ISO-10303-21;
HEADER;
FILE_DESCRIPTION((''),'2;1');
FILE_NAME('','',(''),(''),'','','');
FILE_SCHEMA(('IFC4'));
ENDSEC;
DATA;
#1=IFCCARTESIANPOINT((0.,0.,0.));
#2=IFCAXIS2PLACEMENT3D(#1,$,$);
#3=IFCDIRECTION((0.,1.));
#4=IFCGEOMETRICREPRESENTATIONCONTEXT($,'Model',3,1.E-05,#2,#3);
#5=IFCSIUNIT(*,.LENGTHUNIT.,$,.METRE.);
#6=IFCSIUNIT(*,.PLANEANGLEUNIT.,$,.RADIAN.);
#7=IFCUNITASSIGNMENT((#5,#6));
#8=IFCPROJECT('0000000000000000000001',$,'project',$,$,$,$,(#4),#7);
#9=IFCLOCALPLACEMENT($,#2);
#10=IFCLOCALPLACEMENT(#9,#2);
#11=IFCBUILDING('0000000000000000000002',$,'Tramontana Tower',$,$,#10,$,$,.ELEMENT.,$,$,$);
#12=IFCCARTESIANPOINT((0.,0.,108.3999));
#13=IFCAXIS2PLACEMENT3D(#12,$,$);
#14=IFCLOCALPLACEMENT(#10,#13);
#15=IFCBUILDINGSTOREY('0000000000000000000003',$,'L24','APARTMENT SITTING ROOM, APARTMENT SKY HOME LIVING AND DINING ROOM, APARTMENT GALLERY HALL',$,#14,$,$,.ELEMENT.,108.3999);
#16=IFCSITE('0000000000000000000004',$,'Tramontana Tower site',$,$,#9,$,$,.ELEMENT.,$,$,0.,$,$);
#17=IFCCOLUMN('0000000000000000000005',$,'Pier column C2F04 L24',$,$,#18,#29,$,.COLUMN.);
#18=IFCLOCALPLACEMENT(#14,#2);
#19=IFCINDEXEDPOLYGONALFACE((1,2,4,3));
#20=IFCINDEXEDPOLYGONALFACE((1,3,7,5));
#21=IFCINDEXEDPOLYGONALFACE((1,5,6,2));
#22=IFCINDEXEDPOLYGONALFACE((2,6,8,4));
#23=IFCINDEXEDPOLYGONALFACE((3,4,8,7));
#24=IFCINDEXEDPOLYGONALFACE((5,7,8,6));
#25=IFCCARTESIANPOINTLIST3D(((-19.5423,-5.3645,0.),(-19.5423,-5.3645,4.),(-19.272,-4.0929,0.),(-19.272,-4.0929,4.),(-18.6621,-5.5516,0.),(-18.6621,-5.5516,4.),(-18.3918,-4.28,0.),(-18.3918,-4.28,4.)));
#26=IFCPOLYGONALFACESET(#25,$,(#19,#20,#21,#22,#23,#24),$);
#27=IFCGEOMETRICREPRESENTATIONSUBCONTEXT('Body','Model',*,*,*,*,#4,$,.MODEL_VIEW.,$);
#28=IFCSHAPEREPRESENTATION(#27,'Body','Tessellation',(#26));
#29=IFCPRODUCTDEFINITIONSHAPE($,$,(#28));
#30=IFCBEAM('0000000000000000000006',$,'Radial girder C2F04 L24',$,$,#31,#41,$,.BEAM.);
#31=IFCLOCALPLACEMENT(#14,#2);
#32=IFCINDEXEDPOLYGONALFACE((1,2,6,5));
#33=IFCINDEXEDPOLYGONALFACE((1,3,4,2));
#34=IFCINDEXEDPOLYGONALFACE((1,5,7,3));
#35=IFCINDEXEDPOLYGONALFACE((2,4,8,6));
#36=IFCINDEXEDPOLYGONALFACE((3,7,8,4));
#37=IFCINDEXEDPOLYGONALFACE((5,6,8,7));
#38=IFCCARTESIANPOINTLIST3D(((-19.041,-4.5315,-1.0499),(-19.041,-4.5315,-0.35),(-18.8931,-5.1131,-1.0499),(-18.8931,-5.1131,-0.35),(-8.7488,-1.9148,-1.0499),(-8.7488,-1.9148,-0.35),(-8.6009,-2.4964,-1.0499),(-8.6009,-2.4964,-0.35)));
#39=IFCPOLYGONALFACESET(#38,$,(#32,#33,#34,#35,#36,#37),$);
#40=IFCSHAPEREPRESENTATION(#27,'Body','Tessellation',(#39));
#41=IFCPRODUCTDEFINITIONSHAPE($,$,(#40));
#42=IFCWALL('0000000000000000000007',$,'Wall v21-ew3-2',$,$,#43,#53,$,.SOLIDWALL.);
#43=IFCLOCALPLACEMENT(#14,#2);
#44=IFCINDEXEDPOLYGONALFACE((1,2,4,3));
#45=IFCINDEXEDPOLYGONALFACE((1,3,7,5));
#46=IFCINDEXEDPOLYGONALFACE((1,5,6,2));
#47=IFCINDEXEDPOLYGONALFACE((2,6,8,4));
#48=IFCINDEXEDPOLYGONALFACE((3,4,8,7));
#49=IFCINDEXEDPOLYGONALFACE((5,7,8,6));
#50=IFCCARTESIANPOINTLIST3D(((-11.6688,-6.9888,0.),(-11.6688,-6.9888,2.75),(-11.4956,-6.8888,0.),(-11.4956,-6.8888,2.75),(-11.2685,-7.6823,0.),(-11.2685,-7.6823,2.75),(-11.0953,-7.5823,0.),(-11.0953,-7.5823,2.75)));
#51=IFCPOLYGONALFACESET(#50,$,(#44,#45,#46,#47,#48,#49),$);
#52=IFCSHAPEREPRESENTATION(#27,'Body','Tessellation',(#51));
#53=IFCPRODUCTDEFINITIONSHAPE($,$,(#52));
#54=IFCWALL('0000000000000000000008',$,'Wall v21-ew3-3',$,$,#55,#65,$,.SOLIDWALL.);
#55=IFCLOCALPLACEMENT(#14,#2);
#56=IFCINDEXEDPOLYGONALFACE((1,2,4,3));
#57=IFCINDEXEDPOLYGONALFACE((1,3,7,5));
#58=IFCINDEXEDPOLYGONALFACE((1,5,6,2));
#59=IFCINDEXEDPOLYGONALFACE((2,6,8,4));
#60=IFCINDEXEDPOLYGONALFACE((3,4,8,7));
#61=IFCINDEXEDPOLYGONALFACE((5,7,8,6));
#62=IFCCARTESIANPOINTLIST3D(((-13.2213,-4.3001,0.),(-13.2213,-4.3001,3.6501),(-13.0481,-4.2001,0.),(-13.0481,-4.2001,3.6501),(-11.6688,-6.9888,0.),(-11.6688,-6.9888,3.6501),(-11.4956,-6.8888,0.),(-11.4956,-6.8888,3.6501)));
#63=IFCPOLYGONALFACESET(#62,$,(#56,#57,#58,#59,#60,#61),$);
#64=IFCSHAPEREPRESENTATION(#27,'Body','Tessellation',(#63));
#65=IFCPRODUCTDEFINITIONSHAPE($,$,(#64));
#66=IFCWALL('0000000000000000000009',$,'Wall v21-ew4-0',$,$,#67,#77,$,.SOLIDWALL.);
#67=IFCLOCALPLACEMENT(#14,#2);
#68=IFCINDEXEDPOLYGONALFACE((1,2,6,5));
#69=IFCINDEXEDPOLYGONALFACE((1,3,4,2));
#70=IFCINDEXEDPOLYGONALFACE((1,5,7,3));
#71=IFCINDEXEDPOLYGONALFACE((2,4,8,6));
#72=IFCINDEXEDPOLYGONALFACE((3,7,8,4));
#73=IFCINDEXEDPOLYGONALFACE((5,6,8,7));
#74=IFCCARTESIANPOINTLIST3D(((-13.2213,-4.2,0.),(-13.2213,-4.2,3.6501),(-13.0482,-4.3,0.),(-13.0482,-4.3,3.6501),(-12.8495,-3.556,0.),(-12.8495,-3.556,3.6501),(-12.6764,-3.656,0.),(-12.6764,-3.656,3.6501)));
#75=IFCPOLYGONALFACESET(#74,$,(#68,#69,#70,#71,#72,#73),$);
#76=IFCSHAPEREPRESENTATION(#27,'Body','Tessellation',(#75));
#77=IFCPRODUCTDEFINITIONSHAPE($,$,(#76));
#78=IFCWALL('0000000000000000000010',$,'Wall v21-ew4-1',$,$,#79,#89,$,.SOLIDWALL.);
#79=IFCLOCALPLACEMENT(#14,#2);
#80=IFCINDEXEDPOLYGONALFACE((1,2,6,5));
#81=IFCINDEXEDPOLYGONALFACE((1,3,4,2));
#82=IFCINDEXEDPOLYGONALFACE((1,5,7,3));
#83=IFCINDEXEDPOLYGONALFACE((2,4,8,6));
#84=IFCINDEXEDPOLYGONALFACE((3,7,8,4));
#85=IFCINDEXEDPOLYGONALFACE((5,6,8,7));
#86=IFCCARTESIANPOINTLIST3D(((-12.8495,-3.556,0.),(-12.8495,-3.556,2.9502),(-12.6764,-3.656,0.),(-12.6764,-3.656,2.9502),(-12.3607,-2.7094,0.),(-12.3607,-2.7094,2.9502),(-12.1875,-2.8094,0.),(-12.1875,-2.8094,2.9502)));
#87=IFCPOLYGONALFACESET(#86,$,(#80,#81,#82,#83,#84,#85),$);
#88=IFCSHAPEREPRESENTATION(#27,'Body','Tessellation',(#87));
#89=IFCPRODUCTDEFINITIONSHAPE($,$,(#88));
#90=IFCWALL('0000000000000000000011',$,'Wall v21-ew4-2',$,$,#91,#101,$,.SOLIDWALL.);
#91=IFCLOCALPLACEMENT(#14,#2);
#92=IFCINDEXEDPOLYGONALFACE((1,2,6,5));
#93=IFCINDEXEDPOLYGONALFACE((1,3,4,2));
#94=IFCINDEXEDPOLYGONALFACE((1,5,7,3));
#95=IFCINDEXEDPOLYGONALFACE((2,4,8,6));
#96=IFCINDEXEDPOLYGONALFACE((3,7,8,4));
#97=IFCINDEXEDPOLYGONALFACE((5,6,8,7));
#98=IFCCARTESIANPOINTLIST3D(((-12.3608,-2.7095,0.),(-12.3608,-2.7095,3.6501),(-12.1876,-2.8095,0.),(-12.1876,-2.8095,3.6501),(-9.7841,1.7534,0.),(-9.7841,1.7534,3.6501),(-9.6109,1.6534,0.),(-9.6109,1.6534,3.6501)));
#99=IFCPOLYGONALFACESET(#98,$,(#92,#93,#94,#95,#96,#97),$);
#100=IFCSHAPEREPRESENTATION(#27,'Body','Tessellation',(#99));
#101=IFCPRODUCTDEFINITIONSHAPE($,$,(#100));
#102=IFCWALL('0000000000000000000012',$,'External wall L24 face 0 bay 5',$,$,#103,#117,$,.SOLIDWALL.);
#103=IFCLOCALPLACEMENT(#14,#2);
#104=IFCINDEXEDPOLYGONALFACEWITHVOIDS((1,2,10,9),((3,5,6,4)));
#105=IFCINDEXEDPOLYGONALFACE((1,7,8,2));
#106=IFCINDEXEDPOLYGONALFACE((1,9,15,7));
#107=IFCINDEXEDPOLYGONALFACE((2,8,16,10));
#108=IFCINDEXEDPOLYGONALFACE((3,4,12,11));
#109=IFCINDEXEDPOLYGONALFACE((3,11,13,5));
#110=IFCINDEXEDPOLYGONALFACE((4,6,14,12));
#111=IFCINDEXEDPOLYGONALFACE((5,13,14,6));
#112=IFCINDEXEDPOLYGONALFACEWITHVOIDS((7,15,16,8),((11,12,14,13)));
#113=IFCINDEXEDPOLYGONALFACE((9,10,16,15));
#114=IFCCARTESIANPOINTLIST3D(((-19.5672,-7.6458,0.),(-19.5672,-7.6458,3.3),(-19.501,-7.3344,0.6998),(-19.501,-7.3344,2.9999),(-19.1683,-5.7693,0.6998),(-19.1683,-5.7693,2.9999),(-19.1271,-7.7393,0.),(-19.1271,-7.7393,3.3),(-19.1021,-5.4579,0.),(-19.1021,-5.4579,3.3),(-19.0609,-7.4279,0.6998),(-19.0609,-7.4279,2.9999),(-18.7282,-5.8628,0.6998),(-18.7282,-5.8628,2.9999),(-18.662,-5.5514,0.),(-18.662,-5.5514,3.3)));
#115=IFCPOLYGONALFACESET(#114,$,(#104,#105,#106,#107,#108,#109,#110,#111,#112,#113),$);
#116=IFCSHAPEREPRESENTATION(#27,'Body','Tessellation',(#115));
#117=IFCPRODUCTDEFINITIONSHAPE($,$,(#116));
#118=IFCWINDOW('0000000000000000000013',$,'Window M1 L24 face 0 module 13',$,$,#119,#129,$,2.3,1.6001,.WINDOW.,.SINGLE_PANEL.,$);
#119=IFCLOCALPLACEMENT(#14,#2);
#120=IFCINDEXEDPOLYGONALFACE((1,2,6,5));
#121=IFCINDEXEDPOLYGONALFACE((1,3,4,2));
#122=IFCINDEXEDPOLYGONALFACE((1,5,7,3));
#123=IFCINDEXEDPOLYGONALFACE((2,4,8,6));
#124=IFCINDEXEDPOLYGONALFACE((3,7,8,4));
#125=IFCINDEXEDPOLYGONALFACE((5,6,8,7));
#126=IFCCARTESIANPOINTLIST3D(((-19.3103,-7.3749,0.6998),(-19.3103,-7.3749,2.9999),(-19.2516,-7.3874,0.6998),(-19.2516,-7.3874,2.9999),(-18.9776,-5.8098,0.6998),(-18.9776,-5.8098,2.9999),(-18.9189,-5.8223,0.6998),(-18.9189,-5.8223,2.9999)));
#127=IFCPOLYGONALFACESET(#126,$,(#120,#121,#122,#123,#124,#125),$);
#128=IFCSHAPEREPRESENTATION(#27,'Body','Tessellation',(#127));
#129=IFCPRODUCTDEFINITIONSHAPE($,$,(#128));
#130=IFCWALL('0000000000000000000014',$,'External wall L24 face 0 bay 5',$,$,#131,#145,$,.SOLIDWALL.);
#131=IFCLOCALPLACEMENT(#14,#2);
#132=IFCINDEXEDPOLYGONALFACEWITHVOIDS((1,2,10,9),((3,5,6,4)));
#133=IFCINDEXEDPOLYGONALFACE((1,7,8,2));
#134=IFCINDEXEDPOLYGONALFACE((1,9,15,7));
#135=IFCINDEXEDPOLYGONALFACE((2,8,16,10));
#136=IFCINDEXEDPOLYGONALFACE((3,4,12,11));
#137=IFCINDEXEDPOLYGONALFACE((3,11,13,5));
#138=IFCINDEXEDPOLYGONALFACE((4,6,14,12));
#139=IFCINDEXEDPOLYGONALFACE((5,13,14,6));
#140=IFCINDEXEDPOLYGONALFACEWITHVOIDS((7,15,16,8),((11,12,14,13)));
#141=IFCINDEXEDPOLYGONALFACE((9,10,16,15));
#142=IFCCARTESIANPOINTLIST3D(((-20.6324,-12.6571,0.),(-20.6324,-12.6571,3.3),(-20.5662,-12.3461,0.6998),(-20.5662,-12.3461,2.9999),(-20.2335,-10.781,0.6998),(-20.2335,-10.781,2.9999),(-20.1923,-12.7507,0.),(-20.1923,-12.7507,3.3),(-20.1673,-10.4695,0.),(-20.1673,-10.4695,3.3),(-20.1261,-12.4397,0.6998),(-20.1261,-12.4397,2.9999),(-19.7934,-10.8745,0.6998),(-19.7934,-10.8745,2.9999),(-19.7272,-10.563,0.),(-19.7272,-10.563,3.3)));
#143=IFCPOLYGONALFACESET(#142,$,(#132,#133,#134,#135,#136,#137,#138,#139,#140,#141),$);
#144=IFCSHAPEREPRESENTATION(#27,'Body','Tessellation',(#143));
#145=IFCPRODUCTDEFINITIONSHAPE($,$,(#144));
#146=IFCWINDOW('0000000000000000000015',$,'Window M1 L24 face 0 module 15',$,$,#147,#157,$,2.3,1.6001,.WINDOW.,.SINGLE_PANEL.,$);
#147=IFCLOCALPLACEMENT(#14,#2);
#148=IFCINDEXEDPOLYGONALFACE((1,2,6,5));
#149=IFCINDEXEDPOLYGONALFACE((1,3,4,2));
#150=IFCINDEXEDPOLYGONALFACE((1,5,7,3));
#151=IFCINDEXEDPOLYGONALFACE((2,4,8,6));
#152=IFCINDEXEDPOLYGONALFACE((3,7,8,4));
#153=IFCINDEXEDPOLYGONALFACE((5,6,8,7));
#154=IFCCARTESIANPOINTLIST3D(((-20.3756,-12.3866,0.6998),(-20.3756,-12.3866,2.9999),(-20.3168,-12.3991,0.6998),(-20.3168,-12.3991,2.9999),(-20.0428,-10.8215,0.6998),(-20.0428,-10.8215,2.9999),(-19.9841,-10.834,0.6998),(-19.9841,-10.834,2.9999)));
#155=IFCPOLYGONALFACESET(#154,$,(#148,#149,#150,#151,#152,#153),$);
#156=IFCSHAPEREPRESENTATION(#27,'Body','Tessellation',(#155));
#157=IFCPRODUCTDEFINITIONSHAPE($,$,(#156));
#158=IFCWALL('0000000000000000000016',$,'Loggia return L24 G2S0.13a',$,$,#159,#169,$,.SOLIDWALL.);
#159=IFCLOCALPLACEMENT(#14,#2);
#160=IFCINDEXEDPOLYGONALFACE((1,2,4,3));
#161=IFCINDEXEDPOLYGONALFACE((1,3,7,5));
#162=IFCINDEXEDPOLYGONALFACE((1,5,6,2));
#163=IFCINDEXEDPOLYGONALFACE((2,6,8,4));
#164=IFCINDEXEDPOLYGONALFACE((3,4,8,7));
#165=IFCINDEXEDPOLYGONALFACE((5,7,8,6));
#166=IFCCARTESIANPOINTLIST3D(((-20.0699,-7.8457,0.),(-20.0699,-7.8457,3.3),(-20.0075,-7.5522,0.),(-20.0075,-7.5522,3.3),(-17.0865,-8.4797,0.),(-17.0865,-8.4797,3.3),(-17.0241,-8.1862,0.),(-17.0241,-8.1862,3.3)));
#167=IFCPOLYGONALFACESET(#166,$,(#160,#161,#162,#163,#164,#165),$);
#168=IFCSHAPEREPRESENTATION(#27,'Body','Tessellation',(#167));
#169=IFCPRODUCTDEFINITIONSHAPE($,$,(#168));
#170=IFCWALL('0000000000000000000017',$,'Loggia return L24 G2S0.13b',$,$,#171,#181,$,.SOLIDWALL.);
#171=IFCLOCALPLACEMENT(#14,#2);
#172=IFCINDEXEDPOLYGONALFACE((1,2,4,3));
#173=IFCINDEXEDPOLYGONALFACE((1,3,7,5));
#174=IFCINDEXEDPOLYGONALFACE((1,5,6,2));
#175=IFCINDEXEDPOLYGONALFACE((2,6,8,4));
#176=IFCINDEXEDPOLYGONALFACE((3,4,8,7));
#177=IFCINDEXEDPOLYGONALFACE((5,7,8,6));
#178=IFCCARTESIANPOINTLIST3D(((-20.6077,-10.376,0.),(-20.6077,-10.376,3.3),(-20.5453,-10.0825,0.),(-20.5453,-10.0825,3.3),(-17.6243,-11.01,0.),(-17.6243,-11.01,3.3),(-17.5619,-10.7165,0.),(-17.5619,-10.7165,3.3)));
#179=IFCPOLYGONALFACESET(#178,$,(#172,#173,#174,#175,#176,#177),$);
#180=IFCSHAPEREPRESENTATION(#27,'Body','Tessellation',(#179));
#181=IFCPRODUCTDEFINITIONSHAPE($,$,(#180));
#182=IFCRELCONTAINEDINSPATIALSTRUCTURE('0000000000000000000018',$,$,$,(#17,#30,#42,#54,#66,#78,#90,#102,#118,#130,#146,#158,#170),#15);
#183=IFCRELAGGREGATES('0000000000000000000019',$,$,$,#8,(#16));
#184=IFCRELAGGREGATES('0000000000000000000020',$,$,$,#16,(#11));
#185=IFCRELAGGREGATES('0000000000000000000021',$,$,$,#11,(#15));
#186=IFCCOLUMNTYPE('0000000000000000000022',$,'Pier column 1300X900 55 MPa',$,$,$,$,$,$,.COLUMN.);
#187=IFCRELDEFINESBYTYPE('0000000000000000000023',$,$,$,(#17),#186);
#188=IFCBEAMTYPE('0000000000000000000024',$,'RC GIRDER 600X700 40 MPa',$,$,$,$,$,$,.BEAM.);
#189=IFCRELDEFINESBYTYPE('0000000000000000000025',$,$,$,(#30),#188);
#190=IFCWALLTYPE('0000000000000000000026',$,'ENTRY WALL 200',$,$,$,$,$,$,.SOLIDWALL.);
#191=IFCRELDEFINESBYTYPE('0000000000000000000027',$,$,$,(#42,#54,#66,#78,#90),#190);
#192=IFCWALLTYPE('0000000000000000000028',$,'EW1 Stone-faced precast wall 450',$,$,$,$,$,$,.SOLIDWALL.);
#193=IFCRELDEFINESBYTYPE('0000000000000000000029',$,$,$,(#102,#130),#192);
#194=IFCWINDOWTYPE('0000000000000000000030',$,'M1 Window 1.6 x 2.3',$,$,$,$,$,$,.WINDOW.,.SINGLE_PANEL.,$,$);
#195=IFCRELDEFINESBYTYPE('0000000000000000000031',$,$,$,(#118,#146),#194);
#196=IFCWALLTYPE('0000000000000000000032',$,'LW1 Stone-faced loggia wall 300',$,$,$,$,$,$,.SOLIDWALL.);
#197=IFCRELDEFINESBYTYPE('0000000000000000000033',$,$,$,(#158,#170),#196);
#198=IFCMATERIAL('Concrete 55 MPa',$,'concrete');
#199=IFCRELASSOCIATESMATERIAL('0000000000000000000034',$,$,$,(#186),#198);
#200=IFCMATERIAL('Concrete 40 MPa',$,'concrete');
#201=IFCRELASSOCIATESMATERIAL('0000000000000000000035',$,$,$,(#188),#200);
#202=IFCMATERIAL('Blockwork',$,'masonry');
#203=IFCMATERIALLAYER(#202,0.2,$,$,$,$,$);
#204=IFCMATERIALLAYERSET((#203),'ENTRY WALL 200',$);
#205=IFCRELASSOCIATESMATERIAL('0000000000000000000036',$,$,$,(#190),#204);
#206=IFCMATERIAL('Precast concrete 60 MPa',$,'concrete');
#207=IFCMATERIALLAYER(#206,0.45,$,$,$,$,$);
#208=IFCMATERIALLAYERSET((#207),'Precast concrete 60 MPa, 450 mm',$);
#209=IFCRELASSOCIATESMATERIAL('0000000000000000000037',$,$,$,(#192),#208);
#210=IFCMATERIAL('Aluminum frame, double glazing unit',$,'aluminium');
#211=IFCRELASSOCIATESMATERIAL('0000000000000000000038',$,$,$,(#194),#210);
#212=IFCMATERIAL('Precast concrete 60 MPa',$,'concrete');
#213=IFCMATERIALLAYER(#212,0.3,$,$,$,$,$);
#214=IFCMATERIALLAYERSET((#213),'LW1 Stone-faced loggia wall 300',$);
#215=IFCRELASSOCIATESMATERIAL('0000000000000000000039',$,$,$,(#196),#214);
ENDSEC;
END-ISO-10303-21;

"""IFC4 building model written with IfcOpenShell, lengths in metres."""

from ifc_helpers import new_model, si_unit, direction, frame, frame_2d, origin, origin_2d, place, context, subcontext, project, spatial, rectangle, extrude, material, layer, layer_set, material_profile, profile_set, type_object, element, fill, save


model = new_model("IFC4")

# Units and contexts
model_context = context("Model", 3, precision=1e-05, world=origin(), true_north=direction((0.0, 1.0)))
body_context = subcontext(model_context, "Body", "Model", "MODEL_VIEW")
ifc_project = project(units=[si_unit("LENGTHUNIT", "METRE"), si_unit("PLANEANGLEUNIT", "RADIAN")], contexts=[model_context])

# Site, building, storey
site_placement = place(None, origin())
site = spatial("IfcSite", under=ifc_project, at=site_placement, Name="Tramontana Tower site", CompositionType="ELEMENT", RefElevation=0.0)
building_placement = place(site_placement, origin())
building = spatial("IfcBuilding", under=site, at=building_placement, Name="Tramontana Tower", CompositionType="ELEMENT")
storey_placement = place(building_placement, frame((0.0, 0.0, 108.3999)))
storey = spatial("IfcBuildingStorey", under=building, at=storey_placement, Name="L24", Description="APARTMENT SITTING ROOM, APARTMENT SKY HOME LIVING AND DINING ROOM, APARTMENT GALLERY HALL", CompositionType="ELEMENT", Elevation=108.3999)

# Column
ifc_material_1 = material(Name="Concrete 55 MPa", Category="concrete")
ifc_material_profile_1 = material_profile(ifc_material_1, rectangle(XDim=1.3, YDim=0.8999, at=origin_2d()), Name="Pier column 1300X900 55 MPa")
ifc_profile_set_1 = profile_set([ifc_material_profile_1], Name="Concrete 55 MPa")
column_type = type_object("IfcColumnType", Name="Pier column 1300X900 55 MPa", PredefinedType="COLUMN", material=ifc_profile_set_1)
column_placement = place(storey_placement, frame((-18.967, -4.8223, 0.0), z_axis=(0.0, 0.0, 1.0), x_axis=(-0.207912, -0.978148, 0.0)))
element("IfcColumn", 1, at=column_placement, inside=storey, type_object=column_type, Name="Pier column C2F04 L24", PredefinedType="COLUMN", context=body_context, shape_type="SweptSolid", body=[
    extrude(rectangle(XDim=1.3, YDim=0.8999, at=origin_2d()), origin(), (0.0, 0.0, 1.0), 4.0),
])

# Beam
ifc_material_2 = material(Name="Concrete 40 MPa", Category="concrete")
ifc_material_profile_2 = material_profile(ifc_material_2, rectangle(XDim=0.6001, YDim=0.7, at=origin_2d()), Name="RC GIRDER 600X700 40 MPa")
ifc_profile_set_2 = profile_set([ifc_material_profile_2], Name="Concrete 40 MPa")
beam_type = type_object("IfcBeamType", Name="RC GIRDER 600X700 40 MPa", PredefinedType="BEAM", material=ifc_profile_set_2)
beam_placement = place(storey_placement, frame((-18.967, -4.8223, -0.7), z_axis=(0.969168, 0.246401, 0.0), x_axis=(-0.246401, 0.969168, 0.0)))
element("IfcBeam", 2, at=beam_placement, inside=storey, type_object=beam_type, Name="Radial girder C2F04 L24", PredefinedType="BEAM", context=body_context, shape_type="SweptSolid", body=[
    extrude(rectangle(XDim=0.6001, YDim=0.7, at=origin_2d()), origin(), (0.0, 0.0, 1.0), 10.6196),
])

# Walls
ifc_material_3 = material(Name="Blockwork", Category="masonry")
ifc_layer_1 = layer(ifc_material_3, 0.2)
ifc_layer_set_1 = layer_set([ifc_layer_1], Name="ENTRY WALL 200")
wall_type_1 = type_object("IfcWallType", Name="ENTRY WALL 200", PredefinedType="SOLIDWALL", material=ifc_layer_set_1)
wall_1_placement = place(storey_placement, frame((-11.1819, -7.6323, 0.0), z_axis=(0.0, 0.0, 1.0), x_axis=(-0.499942, 0.866059, 0.0)))
element("IfcWall", 3, at=wall_1_placement, inside=storey, type_object=wall_type_1, Name="Wall v21-ew3-2", PredefinedType="SOLIDWALL", context=body_context, shape_type="SweptSolid", body=[
    extrude(rectangle(XDim=0.8008, YDim=0.2, at=frame_2d((0.4004, 0.0))), origin(), (0.0, 0.0, 1.0), 2.75),
])
wall_2_placement = place(storey_placement, frame((-11.5823, -6.9387, 0.0), z_axis=(0.0, 0.0, 1.0), x_axis=(-0.500038, 0.866004, 0.0)))
element("IfcWall", 4, at=wall_2_placement, inside=storey, type_object=wall_type_1, Name="Wall v21-ew3-3", PredefinedType="SOLIDWALL", context=body_context, shape_type="SweptSolid", body=[
    extrude(rectangle(XDim=3.1047, YDim=0.2, at=frame_2d((1.5522, 0.0))), origin(), (0.0, 0.0, 1.0), 3.6501),
])
wall_3_placement = place(storey_placement, frame((-13.1348, -4.25, 0.0), z_axis=(0.0, 0.0, 1.0), x_axis=(0.499988, 0.866033, 0.0)))
element("IfcWall", 5, at=wall_3_placement, inside=storey, type_object=wall_type_1, Name="Wall v21-ew4-0", PredefinedType="SOLIDWALL", context=body_context, shape_type="SweptSolid", body=[
    extrude(rectangle(XDim=0.7437, YDim=0.2, at=frame_2d((0.3718, 0.0))), origin(), (0.0, 0.0, 1.0), 3.6501),
])
wall_4_placement = place(storey_placement, frame((-12.7629, -3.606, 0.0), z_axis=(0.0, 0.0, 1.0), x_axis=(0.500061, 0.86599, 0.0)))
element("IfcWall", 6, at=wall_4_placement, inside=storey, type_object=wall_type_1, Name="Wall v21-ew4-1", PredefinedType="SOLIDWALL", context=body_context, shape_type="SweptSolid", body=[
    extrude(rectangle(XDim=0.9775, YDim=0.2, at=frame_2d((0.4888, 0.0))), origin(), (0.0, 0.0, 1.0), 2.9502),
])
wall_5_placement = place(storey_placement, frame((-12.2742, -2.7595, 0.0), z_axis=(0.0, 0.0, 1.0), x_axis=(0.500001, 0.866025, 0.0)))
element("IfcWall", 7, at=wall_5_placement, inside=storey, type_object=wall_type_1, Name="Wall v21-ew4-2", PredefinedType="SOLIDWALL", context=body_context, shape_type="SweptSolid", body=[
    extrude(rectangle(XDim=5.1533, YDim=0.2, at=frame_2d((2.5767, 0.0))), origin(), (0.0, 0.0, 1.0), 3.6501),
])

# Walls, openings, windows
ifc_material_4 = material(Name="Precast concrete 60 MPa", Category="concrete")
ifc_layer_2 = layer(ifc_material_4, 0.45)
ifc_layer_set_2 = layer_set([ifc_layer_2], Name="Precast concrete 60 MPa, 450 mm")
wall_type_2 = type_object("IfcWallType", Name="EW1 Stone-faced precast wall 450", PredefinedType="SOLIDWALL", material=ifc_layer_set_2)
wall_6_placement = place(storey_placement, frame((-18.8821, -5.5046, 0.0), z_axis=(0.0, 0.0, 1.0), x_axis=(-0.207919, -0.978146, 0.0)))
wall_6 = element("IfcWall", 8, at=wall_6_placement, inside=storey, type_object=wall_type_2, Name="External wall L24 face 0 bay 5", PredefinedType="SOLIDWALL", context=body_context, shape_type="SweptSolid", body=[
    extrude(rectangle(XDim=2.2368, YDim=0.45, at=frame_2d((1.1184, 0.0))), origin(), (0.0, 0.0, 1.0), 3.3),
])
opening_1_placement = place(wall_6_placement, frame((0.3184, 0.0, 0.7)))
opening_1 = element("IfcOpeningElement", 9, at=opening_1_placement, cuts=wall_6, PredefinedType="OPENING", context=body_context, shape_type="SweptSolid", body=[
    extrude(rectangle(XDim=1.6001, YDim=2.3, at=frame_2d((0.8, 1.1499))), frame((0.0, 0.2349, 0.0), z_axis=(0.0, -1.0, 0.0), x_axis=(1.0, 0.0, 0.0)), (0.0, 0.0, 1.0), 0.47),
])
ifc_material_5 = material(Name="Aluminum frame, double glazing unit", Category="aluminium")
window_type = type_object("IfcWindowType", Name="M1 Window 1.6 x 2.3", PartitioningType="SINGLE_PANEL", PredefinedType="WINDOW", material=ifc_material_5)
window_1_placement = place(opening_1_placement, origin())
window_1 = element("IfcWindow", 10, at=window_1_placement, inside=storey, type_object=window_type, Name="Window M1 L24 face 0 module 13", OverallHeight=2.3, OverallWidth=1.6001, PartitioningType="SINGLE_PANEL", PredefinedType="WINDOW", context=body_context, shape_type="SweptSolid", body=[
    extrude(rectangle(XDim=1.6001, YDim=2.3, at=frame_2d((0.8, 1.1499))), frame((0.0, 0.03, 0.0), z_axis=(0.0, -1.0, 0.0), x_axis=(1.0, 0.0, 0.0)), (0.0, 0.0, 1.0), 0.0601),
])
fill(opening_1, window_1)
wall_7_placement = place(storey_placement, frame((-19.9473, -10.5164, 0.0), z_axis=(0.0, 0.0, 1.0), x_axis=(-0.207941, -0.978141, 0.0)))
wall_7 = element("IfcWall", 11, at=wall_7_placement, inside=storey, type_object=wall_type_2, Name="External wall L24 face 0 bay 5", PredefinedType="SOLIDWALL", context=body_context, shape_type="SweptSolid", body=[
    extrude(rectangle(XDim=2.2366, YDim=0.45, at=frame_2d((1.1182, 0.0))), origin(), (0.0, 0.0, 1.0), 3.3),
])
opening_2_placement = place(wall_7_placement, frame((0.3184, 0.0, 0.7)))
opening_2 = element("IfcOpeningElement", 12, at=opening_2_placement, cuts=wall_7, PredefinedType="OPENING", context=body_context, shape_type="SweptSolid", body=[
    extrude(rectangle(XDim=1.6001, YDim=2.3, at=frame_2d((0.8, 1.1499))), frame((0.0, 0.2349, 0.0), z_axis=(0.0, -1.0, 0.0), x_axis=(1.0, 0.0, 0.0)), (0.0, 0.0, 1.0), 0.47),
])
window_2_placement = place(opening_2_placement, origin())
window_2 = element("IfcWindow", 13, at=window_2_placement, inside=storey, type_object=window_type, Name="Window M1 L24 face 0 module 15", OverallHeight=2.3, OverallWidth=1.6001, PartitioningType="SINGLE_PANEL", PredefinedType="WINDOW", context=body_context, shape_type="SweptSolid", body=[
    extrude(rectangle(XDim=1.6001, YDim=2.3, at=frame_2d((0.8, 1.1499))), frame((0.0, 0.03, 0.0), z_axis=(0.0, -1.0, 0.0), x_axis=(1.0, 0.0, 0.0)), (0.0, 0.0, 1.0), 0.0601),
])
fill(opening_2, window_2)

# Shared definitions
ifc_material_6 = material(Name="Precast concrete 60 MPa", Category="concrete")
ifc_layer_3 = layer(ifc_material_6, 0.3)
ifc_layer_set_3 = layer_set([ifc_layer_3], Name="LW1 Stone-faced loggia wall 300")
wall_type_3 = type_object("IfcWallType", Name="LW1 Stone-faced loggia wall 300", PredefinedType="SOLIDWALL", material=ifc_layer_set_3)

# Walls
for number, where, z_axis, x_axis, name in (
    (14, (-20.0386, -7.699, 0.0), (0.0, 0.0, 1.0), (0.978155, -0.207878, 0.0), "Loggia return L24 G2S0.13a"),
    (15, (-20.5764, -10.2292, 0.0), (0.0, 0.0, 1.0), (0.978155, -0.207878, 0.0), "Loggia return L24 G2S0.13b"),
):
    element("IfcWall", number, at=place(storey_placement, frame(where, z_axis=z_axis, x_axis=x_axis)), inside=storey, type_object=wall_type_3, Name=name, PredefinedType="SOLIDWALL", context=body_context, shape_type="SweptSolid", body=[
        extrude(rectangle(XDim=3.05, YDim=0.3, at=frame_2d((1.5249, 0.0))), origin(), (0.0, 0.0, 1.0), 3.3),
    ])

save(model, "model.ifc")
